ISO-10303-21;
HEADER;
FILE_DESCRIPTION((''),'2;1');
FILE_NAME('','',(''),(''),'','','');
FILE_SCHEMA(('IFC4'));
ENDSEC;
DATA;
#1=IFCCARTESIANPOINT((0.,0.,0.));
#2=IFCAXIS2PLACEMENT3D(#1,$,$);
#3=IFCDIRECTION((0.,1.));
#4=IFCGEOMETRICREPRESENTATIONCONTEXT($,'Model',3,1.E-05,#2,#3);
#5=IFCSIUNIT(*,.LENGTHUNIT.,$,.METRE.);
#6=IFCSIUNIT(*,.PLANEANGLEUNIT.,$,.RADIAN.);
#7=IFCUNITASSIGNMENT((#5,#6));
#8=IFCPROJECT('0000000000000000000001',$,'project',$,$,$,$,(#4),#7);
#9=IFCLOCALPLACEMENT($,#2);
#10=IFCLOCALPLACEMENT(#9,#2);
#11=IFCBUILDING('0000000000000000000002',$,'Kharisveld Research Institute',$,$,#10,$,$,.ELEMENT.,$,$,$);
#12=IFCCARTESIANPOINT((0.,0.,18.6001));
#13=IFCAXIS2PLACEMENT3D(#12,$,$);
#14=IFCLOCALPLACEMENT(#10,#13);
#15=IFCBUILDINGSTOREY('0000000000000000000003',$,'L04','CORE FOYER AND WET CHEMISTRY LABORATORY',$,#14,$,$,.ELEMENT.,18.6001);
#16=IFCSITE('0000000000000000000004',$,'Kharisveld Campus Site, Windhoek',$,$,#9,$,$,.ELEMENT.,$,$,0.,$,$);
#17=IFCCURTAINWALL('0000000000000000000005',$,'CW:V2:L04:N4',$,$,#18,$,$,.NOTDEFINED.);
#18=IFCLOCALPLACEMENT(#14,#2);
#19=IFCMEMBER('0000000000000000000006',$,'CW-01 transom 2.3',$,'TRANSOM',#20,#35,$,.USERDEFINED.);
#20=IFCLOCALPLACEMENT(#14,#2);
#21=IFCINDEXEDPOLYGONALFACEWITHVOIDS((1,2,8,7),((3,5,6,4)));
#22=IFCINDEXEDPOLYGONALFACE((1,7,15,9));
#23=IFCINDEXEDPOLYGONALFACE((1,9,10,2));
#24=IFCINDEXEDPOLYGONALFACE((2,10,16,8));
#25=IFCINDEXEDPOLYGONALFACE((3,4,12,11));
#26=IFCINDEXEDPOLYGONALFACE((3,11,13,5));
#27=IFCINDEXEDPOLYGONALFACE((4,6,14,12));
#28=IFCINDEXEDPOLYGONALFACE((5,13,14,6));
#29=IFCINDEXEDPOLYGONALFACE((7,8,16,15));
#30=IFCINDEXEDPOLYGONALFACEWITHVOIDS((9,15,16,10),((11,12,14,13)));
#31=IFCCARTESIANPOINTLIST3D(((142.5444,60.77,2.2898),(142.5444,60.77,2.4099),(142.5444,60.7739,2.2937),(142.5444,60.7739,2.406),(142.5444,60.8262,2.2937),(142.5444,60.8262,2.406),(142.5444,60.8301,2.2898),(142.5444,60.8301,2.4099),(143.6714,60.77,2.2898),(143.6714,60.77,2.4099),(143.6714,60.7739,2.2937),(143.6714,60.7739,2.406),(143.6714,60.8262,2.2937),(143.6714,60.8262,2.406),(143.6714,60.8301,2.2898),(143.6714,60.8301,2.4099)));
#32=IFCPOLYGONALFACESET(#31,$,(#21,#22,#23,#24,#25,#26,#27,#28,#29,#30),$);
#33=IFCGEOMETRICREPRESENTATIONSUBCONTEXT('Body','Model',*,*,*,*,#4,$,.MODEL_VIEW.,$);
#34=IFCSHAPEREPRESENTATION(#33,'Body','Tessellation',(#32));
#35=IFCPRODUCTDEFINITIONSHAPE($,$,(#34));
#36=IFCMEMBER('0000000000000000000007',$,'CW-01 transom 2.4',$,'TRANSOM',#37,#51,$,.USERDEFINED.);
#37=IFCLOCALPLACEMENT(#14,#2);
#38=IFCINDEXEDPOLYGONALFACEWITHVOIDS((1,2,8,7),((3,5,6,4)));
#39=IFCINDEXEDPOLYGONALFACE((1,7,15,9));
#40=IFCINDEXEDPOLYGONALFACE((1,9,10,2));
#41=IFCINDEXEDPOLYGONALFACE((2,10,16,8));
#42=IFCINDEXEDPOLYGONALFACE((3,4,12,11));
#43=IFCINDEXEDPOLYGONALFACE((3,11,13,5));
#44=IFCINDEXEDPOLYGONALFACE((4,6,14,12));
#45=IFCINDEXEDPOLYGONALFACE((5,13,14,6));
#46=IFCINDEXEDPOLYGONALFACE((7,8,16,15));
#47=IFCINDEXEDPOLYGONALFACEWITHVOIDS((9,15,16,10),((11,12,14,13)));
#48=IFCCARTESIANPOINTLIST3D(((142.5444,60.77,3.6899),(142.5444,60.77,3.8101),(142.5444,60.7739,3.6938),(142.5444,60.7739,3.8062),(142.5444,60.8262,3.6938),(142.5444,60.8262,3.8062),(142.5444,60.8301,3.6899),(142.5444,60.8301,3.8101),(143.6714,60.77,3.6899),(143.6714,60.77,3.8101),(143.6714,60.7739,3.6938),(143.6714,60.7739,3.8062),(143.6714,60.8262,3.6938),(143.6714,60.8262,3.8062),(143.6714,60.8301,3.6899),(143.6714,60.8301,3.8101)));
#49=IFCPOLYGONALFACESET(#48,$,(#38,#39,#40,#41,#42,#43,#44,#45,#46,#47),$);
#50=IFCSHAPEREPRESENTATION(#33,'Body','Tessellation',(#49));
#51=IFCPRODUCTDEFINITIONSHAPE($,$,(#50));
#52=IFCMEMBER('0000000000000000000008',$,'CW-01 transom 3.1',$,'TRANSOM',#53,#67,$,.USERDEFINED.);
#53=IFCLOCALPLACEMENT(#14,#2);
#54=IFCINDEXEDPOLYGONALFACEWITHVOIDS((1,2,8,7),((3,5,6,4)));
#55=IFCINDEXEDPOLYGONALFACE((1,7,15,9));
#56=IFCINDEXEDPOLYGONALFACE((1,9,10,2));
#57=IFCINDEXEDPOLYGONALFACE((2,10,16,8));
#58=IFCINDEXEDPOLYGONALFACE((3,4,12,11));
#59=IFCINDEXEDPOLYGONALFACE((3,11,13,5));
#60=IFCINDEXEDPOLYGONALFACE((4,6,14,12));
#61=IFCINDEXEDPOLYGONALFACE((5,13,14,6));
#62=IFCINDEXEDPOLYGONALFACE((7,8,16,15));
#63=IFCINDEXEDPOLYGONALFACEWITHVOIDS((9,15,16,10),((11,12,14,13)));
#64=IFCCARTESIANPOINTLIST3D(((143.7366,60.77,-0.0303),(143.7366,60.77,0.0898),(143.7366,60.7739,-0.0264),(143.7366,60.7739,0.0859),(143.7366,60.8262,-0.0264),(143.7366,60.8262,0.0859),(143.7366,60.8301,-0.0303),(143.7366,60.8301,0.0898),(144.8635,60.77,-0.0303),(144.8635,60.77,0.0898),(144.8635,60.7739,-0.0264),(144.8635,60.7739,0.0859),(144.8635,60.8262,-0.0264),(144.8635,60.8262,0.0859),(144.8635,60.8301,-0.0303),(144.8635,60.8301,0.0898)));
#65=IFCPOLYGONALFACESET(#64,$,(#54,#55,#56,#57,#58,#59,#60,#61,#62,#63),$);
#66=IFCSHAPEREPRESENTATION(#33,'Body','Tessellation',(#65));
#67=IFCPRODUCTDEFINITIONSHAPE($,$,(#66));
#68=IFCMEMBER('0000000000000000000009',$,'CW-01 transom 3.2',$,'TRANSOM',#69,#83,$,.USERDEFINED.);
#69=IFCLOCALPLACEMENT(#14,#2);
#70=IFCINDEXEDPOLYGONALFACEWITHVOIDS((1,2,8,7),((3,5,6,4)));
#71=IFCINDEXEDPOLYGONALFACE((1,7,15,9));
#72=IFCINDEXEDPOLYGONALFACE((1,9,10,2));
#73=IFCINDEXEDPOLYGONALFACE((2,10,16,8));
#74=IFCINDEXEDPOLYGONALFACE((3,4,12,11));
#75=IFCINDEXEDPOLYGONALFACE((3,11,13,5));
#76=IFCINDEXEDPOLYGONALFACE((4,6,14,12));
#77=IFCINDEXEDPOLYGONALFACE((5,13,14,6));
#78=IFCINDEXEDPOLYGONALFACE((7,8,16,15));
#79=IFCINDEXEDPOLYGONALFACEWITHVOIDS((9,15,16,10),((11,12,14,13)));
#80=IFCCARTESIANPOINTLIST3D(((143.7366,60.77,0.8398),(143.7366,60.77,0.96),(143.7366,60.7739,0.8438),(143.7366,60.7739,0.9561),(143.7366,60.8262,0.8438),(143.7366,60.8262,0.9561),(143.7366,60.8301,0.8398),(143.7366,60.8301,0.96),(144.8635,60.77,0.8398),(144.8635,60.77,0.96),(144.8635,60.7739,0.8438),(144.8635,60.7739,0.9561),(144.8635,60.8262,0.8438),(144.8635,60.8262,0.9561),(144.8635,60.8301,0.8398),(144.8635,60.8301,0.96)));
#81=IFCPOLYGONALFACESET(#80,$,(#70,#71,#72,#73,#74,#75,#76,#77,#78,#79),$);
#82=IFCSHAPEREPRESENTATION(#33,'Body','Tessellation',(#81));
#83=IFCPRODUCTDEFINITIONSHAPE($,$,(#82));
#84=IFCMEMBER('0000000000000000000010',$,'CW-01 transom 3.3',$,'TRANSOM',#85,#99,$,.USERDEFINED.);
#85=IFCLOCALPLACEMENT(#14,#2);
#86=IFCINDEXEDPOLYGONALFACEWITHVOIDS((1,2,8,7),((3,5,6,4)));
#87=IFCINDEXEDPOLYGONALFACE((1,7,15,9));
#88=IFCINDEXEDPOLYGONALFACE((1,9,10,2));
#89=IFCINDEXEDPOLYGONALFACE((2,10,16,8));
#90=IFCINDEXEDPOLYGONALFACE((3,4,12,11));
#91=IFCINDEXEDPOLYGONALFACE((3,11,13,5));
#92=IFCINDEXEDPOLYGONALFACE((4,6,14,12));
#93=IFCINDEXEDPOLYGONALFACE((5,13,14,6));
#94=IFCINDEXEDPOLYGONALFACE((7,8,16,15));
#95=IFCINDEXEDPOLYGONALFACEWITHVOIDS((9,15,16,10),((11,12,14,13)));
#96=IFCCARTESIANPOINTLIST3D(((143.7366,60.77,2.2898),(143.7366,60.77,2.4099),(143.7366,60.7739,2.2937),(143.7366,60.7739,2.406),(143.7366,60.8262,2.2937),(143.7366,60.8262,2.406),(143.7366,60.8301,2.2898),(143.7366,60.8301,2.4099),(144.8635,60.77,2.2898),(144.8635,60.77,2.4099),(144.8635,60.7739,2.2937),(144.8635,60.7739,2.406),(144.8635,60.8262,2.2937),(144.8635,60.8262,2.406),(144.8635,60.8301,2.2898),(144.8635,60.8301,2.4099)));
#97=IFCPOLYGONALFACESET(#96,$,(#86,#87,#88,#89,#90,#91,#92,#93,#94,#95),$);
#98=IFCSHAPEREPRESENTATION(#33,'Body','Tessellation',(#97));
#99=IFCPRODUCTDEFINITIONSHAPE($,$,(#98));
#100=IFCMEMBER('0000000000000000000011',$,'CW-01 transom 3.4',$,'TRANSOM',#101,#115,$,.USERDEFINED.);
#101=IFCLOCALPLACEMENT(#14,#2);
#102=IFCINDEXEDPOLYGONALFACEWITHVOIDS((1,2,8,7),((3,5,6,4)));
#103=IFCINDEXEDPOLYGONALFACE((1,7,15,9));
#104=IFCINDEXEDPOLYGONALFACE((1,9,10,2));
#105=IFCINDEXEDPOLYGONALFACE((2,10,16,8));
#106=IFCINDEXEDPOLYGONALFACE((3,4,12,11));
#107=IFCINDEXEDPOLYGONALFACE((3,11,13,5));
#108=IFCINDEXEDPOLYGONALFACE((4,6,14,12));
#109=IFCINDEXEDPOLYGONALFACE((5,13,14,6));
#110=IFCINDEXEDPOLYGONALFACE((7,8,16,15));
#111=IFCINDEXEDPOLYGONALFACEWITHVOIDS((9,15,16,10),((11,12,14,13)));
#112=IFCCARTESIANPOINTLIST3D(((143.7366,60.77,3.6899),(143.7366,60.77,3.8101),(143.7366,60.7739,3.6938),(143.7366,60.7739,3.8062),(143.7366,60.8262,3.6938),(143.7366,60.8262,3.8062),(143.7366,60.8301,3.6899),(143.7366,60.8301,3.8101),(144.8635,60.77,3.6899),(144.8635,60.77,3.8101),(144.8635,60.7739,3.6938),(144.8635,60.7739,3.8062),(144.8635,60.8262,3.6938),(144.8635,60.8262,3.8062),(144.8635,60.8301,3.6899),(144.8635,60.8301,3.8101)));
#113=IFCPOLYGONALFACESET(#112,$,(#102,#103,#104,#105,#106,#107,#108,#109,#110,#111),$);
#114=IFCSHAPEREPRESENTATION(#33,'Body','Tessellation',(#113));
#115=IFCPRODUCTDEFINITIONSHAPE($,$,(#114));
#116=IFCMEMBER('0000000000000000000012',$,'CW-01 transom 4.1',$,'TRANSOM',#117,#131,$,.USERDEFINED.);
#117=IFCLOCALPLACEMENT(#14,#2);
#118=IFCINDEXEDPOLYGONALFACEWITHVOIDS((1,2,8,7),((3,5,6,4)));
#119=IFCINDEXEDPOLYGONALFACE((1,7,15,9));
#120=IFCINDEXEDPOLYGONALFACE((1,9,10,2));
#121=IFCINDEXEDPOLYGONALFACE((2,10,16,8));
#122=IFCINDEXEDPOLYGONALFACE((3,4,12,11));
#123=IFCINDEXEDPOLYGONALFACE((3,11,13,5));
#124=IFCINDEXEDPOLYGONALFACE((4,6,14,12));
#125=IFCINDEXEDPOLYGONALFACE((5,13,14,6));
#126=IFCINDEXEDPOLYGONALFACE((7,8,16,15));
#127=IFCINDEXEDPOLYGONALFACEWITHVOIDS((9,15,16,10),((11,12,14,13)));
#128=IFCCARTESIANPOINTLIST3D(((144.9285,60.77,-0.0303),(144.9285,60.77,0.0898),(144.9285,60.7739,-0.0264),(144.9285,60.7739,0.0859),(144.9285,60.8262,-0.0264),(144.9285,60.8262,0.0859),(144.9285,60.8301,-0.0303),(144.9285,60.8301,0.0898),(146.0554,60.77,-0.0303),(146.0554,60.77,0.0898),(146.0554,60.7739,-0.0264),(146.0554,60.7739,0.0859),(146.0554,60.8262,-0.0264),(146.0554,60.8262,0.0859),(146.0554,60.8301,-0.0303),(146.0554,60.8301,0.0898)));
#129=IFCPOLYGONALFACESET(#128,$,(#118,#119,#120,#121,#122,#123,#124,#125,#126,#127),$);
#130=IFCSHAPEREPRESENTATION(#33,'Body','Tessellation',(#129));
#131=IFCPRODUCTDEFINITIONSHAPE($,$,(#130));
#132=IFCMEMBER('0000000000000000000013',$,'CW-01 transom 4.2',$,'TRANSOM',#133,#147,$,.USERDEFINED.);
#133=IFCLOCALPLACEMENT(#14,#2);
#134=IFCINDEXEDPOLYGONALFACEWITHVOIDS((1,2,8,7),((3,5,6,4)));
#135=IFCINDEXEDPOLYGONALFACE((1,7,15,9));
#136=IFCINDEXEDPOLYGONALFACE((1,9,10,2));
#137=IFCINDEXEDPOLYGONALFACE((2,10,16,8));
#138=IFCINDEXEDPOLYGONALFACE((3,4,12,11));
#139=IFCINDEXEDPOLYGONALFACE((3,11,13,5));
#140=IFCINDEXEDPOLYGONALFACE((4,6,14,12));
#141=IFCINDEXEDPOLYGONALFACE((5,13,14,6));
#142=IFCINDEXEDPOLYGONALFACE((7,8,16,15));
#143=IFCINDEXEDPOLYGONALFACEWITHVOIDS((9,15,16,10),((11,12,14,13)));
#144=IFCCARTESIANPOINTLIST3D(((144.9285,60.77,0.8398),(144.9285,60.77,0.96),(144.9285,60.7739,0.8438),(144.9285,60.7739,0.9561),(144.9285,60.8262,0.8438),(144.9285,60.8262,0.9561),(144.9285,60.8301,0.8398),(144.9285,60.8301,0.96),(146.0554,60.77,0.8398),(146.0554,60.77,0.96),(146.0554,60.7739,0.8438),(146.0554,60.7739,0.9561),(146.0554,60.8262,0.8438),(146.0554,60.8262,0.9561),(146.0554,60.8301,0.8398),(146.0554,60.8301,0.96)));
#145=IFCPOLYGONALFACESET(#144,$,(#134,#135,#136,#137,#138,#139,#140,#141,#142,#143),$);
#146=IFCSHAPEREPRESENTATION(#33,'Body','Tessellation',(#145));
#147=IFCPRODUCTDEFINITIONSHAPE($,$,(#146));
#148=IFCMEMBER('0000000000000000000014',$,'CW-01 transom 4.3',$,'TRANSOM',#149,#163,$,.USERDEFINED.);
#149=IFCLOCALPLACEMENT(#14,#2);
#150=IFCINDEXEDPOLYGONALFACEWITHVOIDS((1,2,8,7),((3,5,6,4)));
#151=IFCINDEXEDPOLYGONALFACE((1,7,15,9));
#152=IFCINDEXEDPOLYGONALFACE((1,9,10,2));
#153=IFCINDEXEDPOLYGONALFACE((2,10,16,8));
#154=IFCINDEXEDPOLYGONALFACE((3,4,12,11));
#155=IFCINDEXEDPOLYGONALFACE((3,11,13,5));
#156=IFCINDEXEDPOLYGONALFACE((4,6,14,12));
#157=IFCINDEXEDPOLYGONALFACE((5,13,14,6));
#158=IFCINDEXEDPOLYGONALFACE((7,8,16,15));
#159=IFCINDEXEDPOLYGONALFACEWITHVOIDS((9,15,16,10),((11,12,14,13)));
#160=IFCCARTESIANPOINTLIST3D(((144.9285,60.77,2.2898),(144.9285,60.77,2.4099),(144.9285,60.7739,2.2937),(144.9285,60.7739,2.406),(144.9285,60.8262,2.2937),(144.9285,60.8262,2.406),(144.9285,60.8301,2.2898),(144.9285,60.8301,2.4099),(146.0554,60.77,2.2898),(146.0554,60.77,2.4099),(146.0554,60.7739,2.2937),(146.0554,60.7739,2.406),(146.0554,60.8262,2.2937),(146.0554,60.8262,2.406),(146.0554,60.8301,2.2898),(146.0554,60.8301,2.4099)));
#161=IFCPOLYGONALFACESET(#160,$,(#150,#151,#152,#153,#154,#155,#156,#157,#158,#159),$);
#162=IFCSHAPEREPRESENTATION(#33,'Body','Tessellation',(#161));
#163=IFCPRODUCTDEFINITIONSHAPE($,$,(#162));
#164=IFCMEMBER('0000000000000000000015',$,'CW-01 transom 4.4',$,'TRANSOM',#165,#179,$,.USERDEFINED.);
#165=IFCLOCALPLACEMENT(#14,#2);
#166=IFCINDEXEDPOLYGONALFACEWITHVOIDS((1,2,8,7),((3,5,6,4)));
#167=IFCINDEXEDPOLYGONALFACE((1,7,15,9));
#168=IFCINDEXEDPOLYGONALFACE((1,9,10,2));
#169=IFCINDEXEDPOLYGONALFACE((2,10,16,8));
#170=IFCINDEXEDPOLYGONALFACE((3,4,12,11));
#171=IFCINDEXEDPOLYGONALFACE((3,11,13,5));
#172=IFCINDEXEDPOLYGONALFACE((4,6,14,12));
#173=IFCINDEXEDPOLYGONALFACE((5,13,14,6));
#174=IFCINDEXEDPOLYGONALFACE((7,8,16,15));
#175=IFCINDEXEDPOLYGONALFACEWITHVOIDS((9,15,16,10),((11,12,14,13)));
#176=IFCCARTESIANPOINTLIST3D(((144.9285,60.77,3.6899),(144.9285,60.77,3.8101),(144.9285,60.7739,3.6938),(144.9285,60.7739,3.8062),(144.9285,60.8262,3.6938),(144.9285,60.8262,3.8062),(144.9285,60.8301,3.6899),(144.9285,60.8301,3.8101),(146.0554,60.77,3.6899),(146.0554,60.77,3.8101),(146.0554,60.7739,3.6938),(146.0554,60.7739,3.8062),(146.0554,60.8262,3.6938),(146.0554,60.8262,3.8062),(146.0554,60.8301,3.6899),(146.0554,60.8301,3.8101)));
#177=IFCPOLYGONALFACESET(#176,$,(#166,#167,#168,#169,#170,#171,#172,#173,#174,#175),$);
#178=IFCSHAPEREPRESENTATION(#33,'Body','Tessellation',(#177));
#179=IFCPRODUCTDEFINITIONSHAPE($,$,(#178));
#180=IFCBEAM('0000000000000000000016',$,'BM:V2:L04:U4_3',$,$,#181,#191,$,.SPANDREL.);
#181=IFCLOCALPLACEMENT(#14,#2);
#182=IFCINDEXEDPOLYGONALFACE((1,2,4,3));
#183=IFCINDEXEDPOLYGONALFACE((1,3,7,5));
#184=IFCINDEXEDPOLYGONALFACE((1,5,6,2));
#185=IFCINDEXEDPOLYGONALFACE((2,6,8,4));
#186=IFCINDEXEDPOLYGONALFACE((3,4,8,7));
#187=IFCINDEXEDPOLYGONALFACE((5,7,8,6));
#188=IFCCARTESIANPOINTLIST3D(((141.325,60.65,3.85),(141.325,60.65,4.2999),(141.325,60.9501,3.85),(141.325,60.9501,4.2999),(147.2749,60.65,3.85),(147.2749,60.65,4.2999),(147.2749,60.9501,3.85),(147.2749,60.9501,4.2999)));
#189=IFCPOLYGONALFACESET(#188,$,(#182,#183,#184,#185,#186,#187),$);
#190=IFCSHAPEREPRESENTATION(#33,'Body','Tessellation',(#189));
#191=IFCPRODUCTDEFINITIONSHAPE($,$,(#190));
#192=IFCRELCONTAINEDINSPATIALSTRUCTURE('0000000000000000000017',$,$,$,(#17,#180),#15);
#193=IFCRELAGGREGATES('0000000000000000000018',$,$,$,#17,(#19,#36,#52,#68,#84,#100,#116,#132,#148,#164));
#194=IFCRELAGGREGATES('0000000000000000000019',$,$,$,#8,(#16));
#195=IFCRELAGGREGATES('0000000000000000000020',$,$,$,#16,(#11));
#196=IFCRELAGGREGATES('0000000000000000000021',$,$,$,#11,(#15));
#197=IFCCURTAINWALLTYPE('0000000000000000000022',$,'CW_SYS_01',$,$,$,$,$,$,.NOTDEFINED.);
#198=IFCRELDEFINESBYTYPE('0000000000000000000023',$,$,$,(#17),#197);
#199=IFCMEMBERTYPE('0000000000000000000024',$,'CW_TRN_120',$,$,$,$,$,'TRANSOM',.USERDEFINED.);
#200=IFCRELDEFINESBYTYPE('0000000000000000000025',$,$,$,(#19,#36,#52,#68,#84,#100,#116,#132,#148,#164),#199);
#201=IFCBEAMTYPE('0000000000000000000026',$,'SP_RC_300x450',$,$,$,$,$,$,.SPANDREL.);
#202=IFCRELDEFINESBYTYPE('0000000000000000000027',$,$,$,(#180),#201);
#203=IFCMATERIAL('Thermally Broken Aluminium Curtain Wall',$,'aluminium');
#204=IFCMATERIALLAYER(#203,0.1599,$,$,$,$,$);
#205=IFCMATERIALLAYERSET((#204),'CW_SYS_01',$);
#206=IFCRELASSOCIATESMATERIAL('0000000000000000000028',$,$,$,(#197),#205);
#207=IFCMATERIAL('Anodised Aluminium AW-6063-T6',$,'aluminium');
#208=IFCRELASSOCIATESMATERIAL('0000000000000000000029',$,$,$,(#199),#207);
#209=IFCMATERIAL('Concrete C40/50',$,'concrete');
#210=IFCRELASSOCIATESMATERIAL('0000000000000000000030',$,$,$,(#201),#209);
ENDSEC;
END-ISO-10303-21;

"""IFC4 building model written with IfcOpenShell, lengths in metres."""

from ifc_helpers import new_model, si_unit, direction, frame, origin, origin_2d, place, context, subcontext, project, spatial, rectangle, hollow_rectangle, extrude, material, layer, layer_set, material_profile, profile_set, type_object, element, aggregate, save


model = new_model("IFC4")

# Units and contexts
model_context = context("Model", 3, precision=1e-05, world=origin(), true_north=direction((0.0, 1.0)))
body_context = subcontext(model_context, "Body", "Model", "MODEL_VIEW")
ifc_project = project(units=[si_unit("LENGTHUNIT", "METRE"), si_unit("PLANEANGLEUNIT", "RADIAN")], contexts=[model_context])

# Site, building, storey
site_placement = place(None, origin())
site = spatial("IfcSite", under=ifc_project, at=site_placement, Name="Kharisveld Campus Site, Windhoek", CompositionType="ELEMENT", RefElevation=0.0)
building_placement = place(site_placement, origin())
building = spatial("IfcBuilding", under=site, at=building_placement, Name="Kharisveld Research Institute", CompositionType="ELEMENT")
storey_placement = place(building_placement, frame((0.0, 0.0, 18.6001)))
storey = spatial("IfcBuildingStorey", under=building, at=storey_placement, Name="L04", Description="CORE FOYER AND WET CHEMISTRY LABORATORY", CompositionType="ELEMENT", Elevation=18.6001)

# Curtain wall, members
ifc_material_1 = material(Name="Thermally Broken Aluminium Curtain Wall", Category="aluminium")
ifc_layer_1 = layer(ifc_material_1, 0.1599)
ifc_layer_set_1 = layer_set([ifc_layer_1], Name="CW_SYS_01")
curtain_wall_type = type_object("IfcCurtainWallType", Name="CW_SYS_01", PredefinedType="NOTDEFINED", material=ifc_layer_set_1)
curtain_wall_placement = place(storey_placement, origin())
curtain_wall = element("IfcCurtainWall", 1, at=curtain_wall_placement, inside=storey, type_object=curtain_wall_type, Name="CW:V2:L04:N4", PredefinedType="NOTDEFINED")
ifc_material_2 = material(Name="Anodised Aluminium AW-6063-T6", Category="aluminium")
ifc_material_profile_1 = material_profile(ifc_material_2, hollow_rectangle(XDim=0.0601, YDim=0.1201, WallThickness=0.0039, at=origin_2d()))
ifc_profile_set_1 = profile_set([ifc_material_profile_1], Name="Anodised Aluminium AW-6063-T6")
member_type_1 = type_object("IfcMemberType", Name="CW_TRN_120", ElementType="TRANSOM", PredefinedType="USERDEFINED", material=ifc_profile_set_1)
member_1_placement = place(storey_placement, frame((142.5444, 60.8, 2.3499), z_axis=(1.0, 0.0, 0.0), x_axis=(0.0, 1.0, 0.0)))
member_1 = element("IfcMember", 2, at=member_1_placement, type_object=member_type_1, Name="CW-01 transom 2.3", ObjectType="TRANSOM", PredefinedType="USERDEFINED", context=body_context, shape_type="SweptSolid", body=[
    extrude(hollow_rectangle(XDim=0.0601, YDim=0.1201, WallThickness=0.0039, at=origin_2d()), origin(), (0.0, 0.0, 1.0), 1.127),
])
member_2_placement = place(storey_placement, frame((142.5444, 60.8, 3.75), z_axis=(1.0, 0.0, 0.0), x_axis=(0.0, 1.0, 0.0)))
member_2 = element("IfcMember", 3, at=member_2_placement, type_object=member_type_1, Name="CW-01 transom 2.4", ObjectType="TRANSOM", PredefinedType="USERDEFINED", context=body_context, shape_type="SweptSolid", body=[
    extrude(hollow_rectangle(XDim=0.0601, YDim=0.1201, WallThickness=0.0039, at=origin_2d()), origin(), (0.0, 0.0, 1.0), 1.127),
])
member_3_placement = place(storey_placement, frame((143.7366, 60.8, 0.0298), z_axis=(1.0, 0.0, 0.0), x_axis=(0.0, 1.0, 0.0)))
member_3 = element("IfcMember", 4, at=member_3_placement, type_object=member_type_1, Name="CW-01 transom 3.1", ObjectType="TRANSOM", PredefinedType="USERDEFINED", context=body_context, shape_type="SweptSolid", body=[
    extrude(hollow_rectangle(XDim=0.0601, YDim=0.1201, WallThickness=0.0039, at=origin_2d()), origin(), (0.0, 0.0, 1.0), 1.127),
])
member_4_placement = place(storey_placement, frame((143.7366, 60.8, 0.8999), z_axis=(1.0, 0.0, 0.0), x_axis=(0.0, 1.0, 0.0)))
member_4 = element("IfcMember", 5, at=member_4_placement, type_object=member_type_1, Name="CW-01 transom 3.2", ObjectType="TRANSOM", PredefinedType="USERDEFINED", context=body_context, shape_type="SweptSolid", body=[
    extrude(hollow_rectangle(XDim=0.0601, YDim=0.1201, WallThickness=0.0039, at=origin_2d()), origin(), (0.0, 0.0, 1.0), 1.127),
])
member_5_placement = place(storey_placement, frame((143.7366, 60.8, 2.3499), z_axis=(1.0, 0.0, 0.0), x_axis=(0.0, 1.0, 0.0)))
member_5 = element("IfcMember", 6, at=member_5_placement, type_object=member_type_1, Name="CW-01 transom 3.3", ObjectType="TRANSOM", PredefinedType="USERDEFINED", context=body_context, shape_type="SweptSolid", body=[
    extrude(hollow_rectangle(XDim=0.0601, YDim=0.1201, WallThickness=0.0039, at=origin_2d()), origin(), (0.0, 0.0, 1.0), 1.127),
])
member_6_placement = place(storey_placement, frame((143.7366, 60.8, 3.75), z_axis=(1.0, 0.0, 0.0), x_axis=(0.0, 1.0, 0.0)))
member_6 = element("IfcMember", 7, at=member_6_placement, type_object=member_type_1, Name="CW-01 transom 3.4", ObjectType="TRANSOM", PredefinedType="USERDEFINED", context=body_context, shape_type="SweptSolid", body=[
    extrude(hollow_rectangle(XDim=0.0601, YDim=0.1201, WallThickness=0.0039, at=origin_2d()), origin(), (0.0, 0.0, 1.0), 1.127),
])
member_7_placement = place(storey_placement, frame((144.9285, 60.8, 0.0298), z_axis=(1.0, 0.0, 0.0), x_axis=(0.0, 1.0, 0.0)))
member_7 = element("IfcMember", 8, at=member_7_placement, type_object=member_type_1, Name="CW-01 transom 4.1", ObjectType="TRANSOM", PredefinedType="USERDEFINED", context=body_context, shape_type="SweptSolid", body=[
    extrude(hollow_rectangle(XDim=0.0601, YDim=0.1201, WallThickness=0.0039, at=origin_2d()), origin(), (0.0, 0.0, 1.0), 1.127),
])
member_8_placement = place(storey_placement, frame((144.9285, 60.8, 0.8999), z_axis=(1.0, 0.0, 0.0), x_axis=(0.0, 1.0, 0.0)))
member_8 = element("IfcMember", 9, at=member_8_placement, type_object=member_type_1, Name="CW-01 transom 4.2", ObjectType="TRANSOM", PredefinedType="USERDEFINED", context=body_context, shape_type="SweptSolid", body=[
    extrude(hollow_rectangle(XDim=0.0601, YDim=0.1201, WallThickness=0.0039, at=origin_2d()), origin(), (0.0, 0.0, 1.0), 1.127),
])
member_9_placement = place(storey_placement, frame((144.9285, 60.8, 2.3499), z_axis=(1.0, 0.0, 0.0), x_axis=(0.0, 1.0, 0.0)))
member_9 = element("IfcMember", 10, at=member_9_placement, type_object=member_type_1, Name="CW-01 transom 4.3", ObjectType="TRANSOM", PredefinedType="USERDEFINED", context=body_context, shape_type="SweptSolid", body=[
    extrude(hollow_rectangle(XDim=0.0601, YDim=0.1201, WallThickness=0.0039, at=origin_2d()), origin(), (0.0, 0.0, 1.0), 1.127),
])
member_10_placement = place(storey_placement, frame((144.9285, 60.8, 3.75), z_axis=(1.0, 0.0, 0.0), x_axis=(0.0, 1.0, 0.0)))
member_10 = element("IfcMember", 11, at=member_10_placement, type_object=member_type_1, Name="CW-01 transom 4.4", ObjectType="TRANSOM", PredefinedType="USERDEFINED", context=body_context, shape_type="SweptSolid", body=[
    extrude(hollow_rectangle(XDim=0.0601, YDim=0.1201, WallThickness=0.0039, at=origin_2d()), origin(), (0.0, 0.0, 1.0), 1.127),
])

# Beam
ifc_material_3 = material(Name="Concrete C40/50", Category="concrete")
ifc_material_profile_2 = material_profile(ifc_material_3, rectangle(XDim=0.3, YDim=0.45, at=origin_2d()))
ifc_profile_set_2 = profile_set([ifc_material_profile_2], Name="Concrete C40/50")
beam_type_1 = type_object("IfcBeamType", Name="SP_RC_300x450", PredefinedType="SPANDREL", material=ifc_profile_set_2)
beam_1_placement = place(storey_placement, frame((141.325, 60.8, 4.075), z_axis=(1.0, 0.0, 0.0), x_axis=(0.0, 1.0, 0.0)))
element("IfcBeam", 12, at=beam_1_placement, inside=storey, type_object=beam_type_1, Name="BM:V2:L04:U4_3", PredefinedType="SPANDREL", context=body_context, shape_type="SweptSolid", body=[
    extrude(rectangle(XDim=0.3, YDim=0.45, at=origin_2d()), origin(), (0.0, 0.0, 1.0), 5.95),
])

aggregate(curtain_wall, [member_1, member_2, member_3, member_4, member_5, member_6, member_7, member_8, member_9, member_10])

save(model, "model.ifc")
